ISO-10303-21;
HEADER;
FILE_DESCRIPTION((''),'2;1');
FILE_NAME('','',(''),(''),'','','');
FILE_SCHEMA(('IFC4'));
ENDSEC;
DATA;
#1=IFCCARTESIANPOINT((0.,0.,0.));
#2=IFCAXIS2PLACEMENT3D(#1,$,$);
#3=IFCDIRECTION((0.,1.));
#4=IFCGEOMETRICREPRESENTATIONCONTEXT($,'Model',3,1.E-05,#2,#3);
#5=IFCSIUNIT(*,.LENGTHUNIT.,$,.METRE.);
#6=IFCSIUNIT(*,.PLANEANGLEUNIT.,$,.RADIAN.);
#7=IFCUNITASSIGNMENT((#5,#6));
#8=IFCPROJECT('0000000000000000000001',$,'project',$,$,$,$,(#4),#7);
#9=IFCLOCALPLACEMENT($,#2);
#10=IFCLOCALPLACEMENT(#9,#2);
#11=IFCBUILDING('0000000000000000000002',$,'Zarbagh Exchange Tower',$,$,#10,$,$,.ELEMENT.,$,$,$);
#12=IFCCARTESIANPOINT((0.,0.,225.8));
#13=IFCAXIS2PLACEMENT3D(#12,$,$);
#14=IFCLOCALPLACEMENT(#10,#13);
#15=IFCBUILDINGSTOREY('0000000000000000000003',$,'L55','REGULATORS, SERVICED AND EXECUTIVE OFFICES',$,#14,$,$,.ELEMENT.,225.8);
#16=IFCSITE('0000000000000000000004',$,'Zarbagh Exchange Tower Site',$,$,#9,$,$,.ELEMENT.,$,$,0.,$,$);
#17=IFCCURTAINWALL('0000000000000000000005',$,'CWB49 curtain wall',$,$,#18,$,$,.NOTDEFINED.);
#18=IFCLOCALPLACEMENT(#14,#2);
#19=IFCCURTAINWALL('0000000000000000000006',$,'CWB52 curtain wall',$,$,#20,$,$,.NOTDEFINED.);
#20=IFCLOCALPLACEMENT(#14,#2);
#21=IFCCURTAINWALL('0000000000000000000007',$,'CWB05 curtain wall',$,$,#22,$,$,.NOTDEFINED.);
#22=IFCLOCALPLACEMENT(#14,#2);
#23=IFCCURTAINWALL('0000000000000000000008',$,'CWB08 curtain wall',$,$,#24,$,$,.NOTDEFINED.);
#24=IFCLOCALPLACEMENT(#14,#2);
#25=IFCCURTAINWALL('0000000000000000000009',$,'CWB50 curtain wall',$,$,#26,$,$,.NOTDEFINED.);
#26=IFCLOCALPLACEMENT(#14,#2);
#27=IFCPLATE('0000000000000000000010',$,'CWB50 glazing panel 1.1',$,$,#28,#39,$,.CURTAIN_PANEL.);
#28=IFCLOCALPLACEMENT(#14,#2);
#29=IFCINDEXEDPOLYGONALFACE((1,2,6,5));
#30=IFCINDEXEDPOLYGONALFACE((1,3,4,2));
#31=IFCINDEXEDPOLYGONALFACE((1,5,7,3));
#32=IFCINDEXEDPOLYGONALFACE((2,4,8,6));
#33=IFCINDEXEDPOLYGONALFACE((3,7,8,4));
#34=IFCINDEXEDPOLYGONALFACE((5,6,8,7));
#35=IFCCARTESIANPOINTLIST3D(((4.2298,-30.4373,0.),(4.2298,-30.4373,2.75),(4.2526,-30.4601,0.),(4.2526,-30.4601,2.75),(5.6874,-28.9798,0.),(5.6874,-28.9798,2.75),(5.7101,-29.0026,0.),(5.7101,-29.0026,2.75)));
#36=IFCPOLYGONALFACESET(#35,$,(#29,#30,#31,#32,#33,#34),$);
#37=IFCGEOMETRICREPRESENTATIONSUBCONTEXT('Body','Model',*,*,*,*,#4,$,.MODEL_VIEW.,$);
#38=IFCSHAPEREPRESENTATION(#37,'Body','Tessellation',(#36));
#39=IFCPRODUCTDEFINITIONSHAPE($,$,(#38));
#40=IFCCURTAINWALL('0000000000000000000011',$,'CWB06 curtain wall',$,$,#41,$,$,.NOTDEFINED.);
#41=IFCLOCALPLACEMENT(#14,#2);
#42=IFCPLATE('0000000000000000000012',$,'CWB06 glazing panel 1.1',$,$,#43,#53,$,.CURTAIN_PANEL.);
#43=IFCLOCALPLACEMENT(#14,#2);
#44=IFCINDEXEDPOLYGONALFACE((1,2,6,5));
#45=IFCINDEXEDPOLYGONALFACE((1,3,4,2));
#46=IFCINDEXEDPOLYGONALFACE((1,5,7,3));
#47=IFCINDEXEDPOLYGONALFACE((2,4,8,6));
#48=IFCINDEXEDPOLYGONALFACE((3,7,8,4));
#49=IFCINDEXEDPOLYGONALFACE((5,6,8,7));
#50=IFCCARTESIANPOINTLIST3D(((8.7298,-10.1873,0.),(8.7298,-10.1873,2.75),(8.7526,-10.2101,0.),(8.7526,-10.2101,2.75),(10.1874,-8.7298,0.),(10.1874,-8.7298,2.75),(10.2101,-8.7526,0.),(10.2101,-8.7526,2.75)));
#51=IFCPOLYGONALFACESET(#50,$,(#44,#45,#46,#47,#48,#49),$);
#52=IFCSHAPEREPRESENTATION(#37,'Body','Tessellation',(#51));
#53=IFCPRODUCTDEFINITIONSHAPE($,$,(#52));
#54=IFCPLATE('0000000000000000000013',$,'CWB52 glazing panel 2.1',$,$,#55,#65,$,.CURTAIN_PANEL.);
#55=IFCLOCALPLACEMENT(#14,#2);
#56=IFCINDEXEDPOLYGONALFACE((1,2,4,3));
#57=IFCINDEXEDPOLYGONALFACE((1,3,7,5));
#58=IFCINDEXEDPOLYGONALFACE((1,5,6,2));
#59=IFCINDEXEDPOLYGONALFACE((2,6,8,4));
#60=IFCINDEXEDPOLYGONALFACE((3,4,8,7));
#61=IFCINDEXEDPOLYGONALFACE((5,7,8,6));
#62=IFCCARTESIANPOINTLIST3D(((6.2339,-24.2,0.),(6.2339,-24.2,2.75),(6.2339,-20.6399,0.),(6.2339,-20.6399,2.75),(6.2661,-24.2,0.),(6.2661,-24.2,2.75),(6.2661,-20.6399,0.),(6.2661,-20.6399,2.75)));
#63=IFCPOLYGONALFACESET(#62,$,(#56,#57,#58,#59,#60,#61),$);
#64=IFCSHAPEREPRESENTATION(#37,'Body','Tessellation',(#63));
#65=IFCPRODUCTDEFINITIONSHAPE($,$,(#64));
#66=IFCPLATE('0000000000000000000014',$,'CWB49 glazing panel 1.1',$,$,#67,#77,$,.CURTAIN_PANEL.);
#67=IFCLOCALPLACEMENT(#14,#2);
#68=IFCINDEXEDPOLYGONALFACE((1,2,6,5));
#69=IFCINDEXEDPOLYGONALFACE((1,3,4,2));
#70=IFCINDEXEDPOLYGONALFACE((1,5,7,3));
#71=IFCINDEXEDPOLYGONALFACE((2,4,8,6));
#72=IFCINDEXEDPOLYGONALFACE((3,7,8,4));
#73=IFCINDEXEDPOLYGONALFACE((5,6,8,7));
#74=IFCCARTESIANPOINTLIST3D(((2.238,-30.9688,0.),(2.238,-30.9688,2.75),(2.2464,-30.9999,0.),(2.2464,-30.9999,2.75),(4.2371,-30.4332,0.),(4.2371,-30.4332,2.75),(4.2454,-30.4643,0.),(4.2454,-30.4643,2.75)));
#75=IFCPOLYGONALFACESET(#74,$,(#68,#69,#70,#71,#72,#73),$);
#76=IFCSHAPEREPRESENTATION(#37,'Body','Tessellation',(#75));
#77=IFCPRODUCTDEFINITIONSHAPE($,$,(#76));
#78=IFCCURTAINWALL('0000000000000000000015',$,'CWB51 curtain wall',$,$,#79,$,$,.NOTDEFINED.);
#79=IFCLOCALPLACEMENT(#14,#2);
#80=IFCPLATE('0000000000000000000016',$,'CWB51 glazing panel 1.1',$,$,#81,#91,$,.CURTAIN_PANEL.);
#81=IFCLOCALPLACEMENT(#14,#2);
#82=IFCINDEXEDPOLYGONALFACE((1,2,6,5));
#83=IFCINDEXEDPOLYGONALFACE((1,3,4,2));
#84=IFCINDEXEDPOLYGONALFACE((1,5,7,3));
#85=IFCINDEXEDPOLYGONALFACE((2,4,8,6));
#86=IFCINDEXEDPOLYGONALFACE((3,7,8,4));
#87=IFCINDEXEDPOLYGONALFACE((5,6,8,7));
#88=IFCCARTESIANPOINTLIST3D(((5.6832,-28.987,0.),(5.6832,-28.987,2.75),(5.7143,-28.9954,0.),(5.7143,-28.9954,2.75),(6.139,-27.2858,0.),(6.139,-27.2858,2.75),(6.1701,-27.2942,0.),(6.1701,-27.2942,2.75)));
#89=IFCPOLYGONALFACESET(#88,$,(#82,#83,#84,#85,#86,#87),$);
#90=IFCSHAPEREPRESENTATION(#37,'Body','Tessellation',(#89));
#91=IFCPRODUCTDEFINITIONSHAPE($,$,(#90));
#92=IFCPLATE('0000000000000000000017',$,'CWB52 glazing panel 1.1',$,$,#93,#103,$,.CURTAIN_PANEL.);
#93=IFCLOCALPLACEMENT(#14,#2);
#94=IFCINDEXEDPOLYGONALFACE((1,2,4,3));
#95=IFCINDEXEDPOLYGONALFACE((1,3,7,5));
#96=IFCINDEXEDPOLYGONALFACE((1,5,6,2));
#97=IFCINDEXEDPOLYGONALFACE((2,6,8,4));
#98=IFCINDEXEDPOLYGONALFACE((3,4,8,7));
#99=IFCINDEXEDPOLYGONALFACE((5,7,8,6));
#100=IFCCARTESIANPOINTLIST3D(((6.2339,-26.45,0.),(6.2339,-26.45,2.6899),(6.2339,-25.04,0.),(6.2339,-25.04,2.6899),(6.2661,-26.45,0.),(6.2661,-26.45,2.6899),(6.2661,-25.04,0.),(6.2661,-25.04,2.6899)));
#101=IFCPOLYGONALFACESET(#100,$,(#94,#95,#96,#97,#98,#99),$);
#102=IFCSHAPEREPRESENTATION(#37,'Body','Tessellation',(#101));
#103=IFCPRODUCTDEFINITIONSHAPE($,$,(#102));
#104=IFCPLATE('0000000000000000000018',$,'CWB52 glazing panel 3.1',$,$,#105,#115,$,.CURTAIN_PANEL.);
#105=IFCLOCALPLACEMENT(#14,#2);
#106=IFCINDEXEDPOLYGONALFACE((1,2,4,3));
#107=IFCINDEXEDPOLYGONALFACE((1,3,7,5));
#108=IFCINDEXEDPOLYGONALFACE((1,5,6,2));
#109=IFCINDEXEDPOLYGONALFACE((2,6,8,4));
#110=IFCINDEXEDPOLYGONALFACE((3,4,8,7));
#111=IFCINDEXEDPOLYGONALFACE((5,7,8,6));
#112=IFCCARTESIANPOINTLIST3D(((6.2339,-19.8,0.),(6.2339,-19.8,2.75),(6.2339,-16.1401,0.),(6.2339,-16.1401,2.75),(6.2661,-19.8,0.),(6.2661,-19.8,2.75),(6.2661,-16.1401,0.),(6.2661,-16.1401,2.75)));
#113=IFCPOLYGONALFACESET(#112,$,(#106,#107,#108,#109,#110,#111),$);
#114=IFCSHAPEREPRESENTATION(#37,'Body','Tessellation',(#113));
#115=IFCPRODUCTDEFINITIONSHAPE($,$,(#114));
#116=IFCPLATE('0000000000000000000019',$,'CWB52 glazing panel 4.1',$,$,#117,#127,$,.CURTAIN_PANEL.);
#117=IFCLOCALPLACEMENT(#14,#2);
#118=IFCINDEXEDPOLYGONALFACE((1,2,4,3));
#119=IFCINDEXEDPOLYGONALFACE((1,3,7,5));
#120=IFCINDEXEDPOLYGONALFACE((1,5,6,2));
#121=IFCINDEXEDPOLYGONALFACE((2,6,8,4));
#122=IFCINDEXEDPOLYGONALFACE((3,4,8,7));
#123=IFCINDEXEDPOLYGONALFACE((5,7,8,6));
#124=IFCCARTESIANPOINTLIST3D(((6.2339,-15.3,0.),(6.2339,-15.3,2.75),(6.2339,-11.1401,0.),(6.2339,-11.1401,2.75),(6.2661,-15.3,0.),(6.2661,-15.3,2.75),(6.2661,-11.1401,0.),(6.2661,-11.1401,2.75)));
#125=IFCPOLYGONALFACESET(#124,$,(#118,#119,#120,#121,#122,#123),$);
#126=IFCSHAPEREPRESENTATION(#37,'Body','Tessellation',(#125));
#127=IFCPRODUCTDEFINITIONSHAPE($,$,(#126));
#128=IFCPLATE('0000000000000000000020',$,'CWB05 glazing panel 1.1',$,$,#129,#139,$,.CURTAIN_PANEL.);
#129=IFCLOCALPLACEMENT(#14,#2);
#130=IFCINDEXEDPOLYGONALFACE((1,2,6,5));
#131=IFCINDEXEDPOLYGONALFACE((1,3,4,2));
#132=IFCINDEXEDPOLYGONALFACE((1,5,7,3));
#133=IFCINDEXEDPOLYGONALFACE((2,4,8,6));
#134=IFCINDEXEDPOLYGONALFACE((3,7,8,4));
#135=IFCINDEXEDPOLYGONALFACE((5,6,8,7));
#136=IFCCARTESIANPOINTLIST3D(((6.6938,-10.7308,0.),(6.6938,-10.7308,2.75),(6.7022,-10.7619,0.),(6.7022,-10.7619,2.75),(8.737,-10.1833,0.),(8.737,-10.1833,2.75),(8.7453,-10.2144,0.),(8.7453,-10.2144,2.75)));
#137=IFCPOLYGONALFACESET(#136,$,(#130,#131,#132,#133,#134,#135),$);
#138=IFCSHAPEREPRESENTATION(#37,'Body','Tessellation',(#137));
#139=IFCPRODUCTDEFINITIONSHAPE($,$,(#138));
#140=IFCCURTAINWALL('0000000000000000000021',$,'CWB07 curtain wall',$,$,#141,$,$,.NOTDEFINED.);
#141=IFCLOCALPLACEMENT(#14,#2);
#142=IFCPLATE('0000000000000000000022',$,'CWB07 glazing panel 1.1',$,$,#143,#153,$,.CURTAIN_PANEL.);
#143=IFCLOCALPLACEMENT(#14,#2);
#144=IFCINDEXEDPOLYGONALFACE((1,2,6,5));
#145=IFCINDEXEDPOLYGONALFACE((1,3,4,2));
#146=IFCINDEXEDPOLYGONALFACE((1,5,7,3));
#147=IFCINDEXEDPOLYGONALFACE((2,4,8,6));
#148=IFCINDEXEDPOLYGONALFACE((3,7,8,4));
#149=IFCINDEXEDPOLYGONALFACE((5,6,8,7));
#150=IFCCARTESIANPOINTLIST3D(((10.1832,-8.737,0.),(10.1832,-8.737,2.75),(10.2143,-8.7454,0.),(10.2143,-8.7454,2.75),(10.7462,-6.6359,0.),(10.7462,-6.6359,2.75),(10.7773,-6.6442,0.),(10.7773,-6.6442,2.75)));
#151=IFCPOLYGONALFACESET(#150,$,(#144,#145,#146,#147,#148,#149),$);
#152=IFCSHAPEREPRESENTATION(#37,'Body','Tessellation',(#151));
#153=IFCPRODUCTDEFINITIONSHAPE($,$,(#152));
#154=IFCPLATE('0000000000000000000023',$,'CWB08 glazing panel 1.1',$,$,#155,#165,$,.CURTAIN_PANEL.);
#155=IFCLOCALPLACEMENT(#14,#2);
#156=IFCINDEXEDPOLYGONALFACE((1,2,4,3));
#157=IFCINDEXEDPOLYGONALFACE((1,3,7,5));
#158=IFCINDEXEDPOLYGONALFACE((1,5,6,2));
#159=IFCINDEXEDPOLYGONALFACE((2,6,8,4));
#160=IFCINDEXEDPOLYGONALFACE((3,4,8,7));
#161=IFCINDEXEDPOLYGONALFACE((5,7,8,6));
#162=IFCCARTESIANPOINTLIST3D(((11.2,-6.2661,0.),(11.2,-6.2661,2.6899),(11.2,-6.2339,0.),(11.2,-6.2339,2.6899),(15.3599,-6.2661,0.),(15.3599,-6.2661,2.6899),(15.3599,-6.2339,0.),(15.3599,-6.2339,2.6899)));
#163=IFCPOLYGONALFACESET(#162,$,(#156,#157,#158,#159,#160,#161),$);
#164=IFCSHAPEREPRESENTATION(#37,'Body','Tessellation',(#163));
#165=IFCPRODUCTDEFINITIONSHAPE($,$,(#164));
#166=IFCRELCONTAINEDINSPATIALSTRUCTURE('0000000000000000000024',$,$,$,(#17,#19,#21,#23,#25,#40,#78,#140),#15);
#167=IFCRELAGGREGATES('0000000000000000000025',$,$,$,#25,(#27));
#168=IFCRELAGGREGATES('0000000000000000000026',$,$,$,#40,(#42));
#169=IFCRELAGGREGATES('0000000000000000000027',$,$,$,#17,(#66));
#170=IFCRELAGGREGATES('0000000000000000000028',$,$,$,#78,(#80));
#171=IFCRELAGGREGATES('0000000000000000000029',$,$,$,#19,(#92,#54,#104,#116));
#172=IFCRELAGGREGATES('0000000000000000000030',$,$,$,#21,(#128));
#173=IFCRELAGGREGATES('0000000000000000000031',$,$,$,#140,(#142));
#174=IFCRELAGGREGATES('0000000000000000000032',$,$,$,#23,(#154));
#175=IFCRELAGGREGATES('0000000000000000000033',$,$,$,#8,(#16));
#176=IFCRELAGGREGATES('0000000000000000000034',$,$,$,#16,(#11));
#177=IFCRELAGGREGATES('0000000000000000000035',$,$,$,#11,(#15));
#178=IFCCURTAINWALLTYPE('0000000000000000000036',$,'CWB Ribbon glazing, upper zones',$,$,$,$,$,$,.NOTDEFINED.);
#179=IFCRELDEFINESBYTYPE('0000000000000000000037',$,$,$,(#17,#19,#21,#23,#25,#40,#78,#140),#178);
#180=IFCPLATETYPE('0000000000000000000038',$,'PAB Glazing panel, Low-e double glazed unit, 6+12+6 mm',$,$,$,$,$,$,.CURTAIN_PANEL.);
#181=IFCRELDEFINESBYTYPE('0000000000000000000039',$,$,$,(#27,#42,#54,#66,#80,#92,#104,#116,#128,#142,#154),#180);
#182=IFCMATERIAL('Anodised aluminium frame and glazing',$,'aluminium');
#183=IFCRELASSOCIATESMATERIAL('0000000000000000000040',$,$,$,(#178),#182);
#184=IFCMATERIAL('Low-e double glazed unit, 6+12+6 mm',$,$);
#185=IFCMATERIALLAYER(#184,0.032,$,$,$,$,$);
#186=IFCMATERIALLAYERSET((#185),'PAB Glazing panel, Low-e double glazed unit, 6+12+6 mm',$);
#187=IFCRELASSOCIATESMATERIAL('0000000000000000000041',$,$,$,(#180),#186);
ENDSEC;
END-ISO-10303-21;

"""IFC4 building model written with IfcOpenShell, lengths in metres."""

from ifc_helpers import new_model, si_unit, direction, frame, origin, place, context, subcontext, project, spatial, polyline, outline, extrude, source, transform, mapped, material, layer, layer_set, type_object, element, aggregate, save


model = new_model("IFC4")

# Units and contexts
model_context = context("Model", 3, precision=1e-05, world=origin(), true_north=direction((0.0, 1.0)))
body_context = subcontext(model_context, "Body", "Model", "MODEL_VIEW")
ifc_project = project(units=[si_unit("LENGTHUNIT", "METRE"), si_unit("PLANEANGLEUNIT", "RADIAN")], contexts=[model_context])

# Site, building, storey
site_placement = place(None, origin())
site = spatial("IfcSite", under=ifc_project, at=site_placement, Name="Zarbagh Exchange Tower Site", CompositionType="ELEMENT", RefElevation=0.0)
building_placement = place(site_placement, origin())
building = spatial("IfcBuilding", under=site, at=building_placement, Name="Zarbagh Exchange Tower", CompositionType="ELEMENT")
storey_placement = place(building_placement, frame((0.0, 0.0, 225.8)))
storey = spatial("IfcBuildingStorey", under=building, at=storey_placement, Name="L55", Description="REGULATORS, SERVICED AND EXECUTIVE OFFICES", CompositionType="ELEMENT", Elevation=225.8)

# Curtain wall
ifc_material_1 = material(Name="Anodised aluminium frame and glazing", Category="aluminium")
curtain_wall_type = type_object("IfcCurtainWallType", Name="CWB Ribbon glazing, upper zones", PredefinedType="NOTDEFINED", material=ifc_material_1)
curtain_wall_1_placement = place(storey_placement, origin())
curtain_wall_1 = element("IfcCurtainWall", 1, at=curtain_wall_1_placement, inside=storey, type_object=curtain_wall_type, Name="CWB49 curtain wall", PredefinedType="NOTDEFINED")
placement = place(storey_placement, origin())

# Curtain wall
curtain_wall_2_placement = place(storey_placement, origin())
curtain_wall_2 = element("IfcCurtainWall", 2, at=curtain_wall_2_placement, inside=storey, type_object=curtain_wall_type, Name="CWB52 curtain wall", PredefinedType="NOTDEFINED")

# Curtain walls
curtain_wall_3_placement = place(storey_placement, origin())
curtain_wall_3 = element("IfcCurtainWall", 3, at=curtain_wall_3_placement, inside=storey, type_object=curtain_wall_type, Name="CWB05 curtain wall", PredefinedType="NOTDEFINED")
curtain_wall_4_placement = place(storey_placement, origin())
curtain_wall_4 = element("IfcCurtainWall", 4, at=curtain_wall_4_placement, inside=storey, type_object=curtain_wall_type, Name="CWB08 curtain wall", PredefinedType="NOTDEFINED")

# Curtain walls, plates
curtain_wall_5_placement = place(storey_placement, origin())
curtain_wall_5 = element("IfcCurtainWall", 5, at=curtain_wall_5_placement, inside=storey, type_object=curtain_wall_type, Name="CWB50 curtain wall", PredefinedType="NOTDEFINED")
ifc_material_2 = material(Name="Low-e double glazed unit, 6+12+6 mm")
ifc_layer_1 = layer(ifc_material_2, 0.032)
ifc_layer_set_1 = layer_set([ifc_layer_1], Name="PAB Glazing panel, Low-e double glazed unit, 6+12+6 mm")
plate_type = type_object("IfcPlateType", Name="PAB Glazing panel, Low-e double glazed unit, 6+12+6 mm", PredefinedType="CURTAIN_PANEL", material=ifc_layer_set_1)
shared_shape_1 = source(origin(), body_context, "Body", "SweptSolid", [
    extrude(outline(polyline([(0.0, -0.0161), (2.0613, -0.0161), (2.0613, 0.0161), (0.0, 0.0161), (0.0, -0.0161)])), origin(), (0.0, 0.0, 1.0), 2.75),
])
plate_1 = element("IfcPlate", 6, at=placement, type_object=plate_type, Name="CWB50 glazing panel 1.1", PredefinedType="CURTAIN_PANEL", context=body_context, shape_type="MappedRepresentation", body=[
    mapped(shared_shape_1, transform((4.2412, -30.4487, 0.0), x_axis=(0.707107, 0.707107, 0.0), y_axis=(-0.707107, 0.707107, 0.0), z_axis=(0.0, 0.0, 1.0))),
])
aggregate(curtain_wall_5, [plate_1])
curtain_wall_6_placement = place(storey_placement, origin())
curtain_wall_6 = element("IfcCurtainWall", 7, at=curtain_wall_6_placement, inside=storey, type_object=curtain_wall_type, Name="CWB06 curtain wall", PredefinedType="NOTDEFINED")
plate_2 = element("IfcPlate", 8, at=placement, type_object=plate_type, Name="CWB06 glazing panel 1.1", PredefinedType="CURTAIN_PANEL", context=body_context, shape_type="MappedRepresentation", body=[
    mapped(shared_shape_1, transform((8.7412, -10.1987, 0.0), x_axis=(0.707107, 0.707107, 0.0), y_axis=(-0.707107, 0.707107, 0.0), z_axis=(0.0, 0.0, 1.0))),
])
aggregate(curtain_wall_6, [plate_2])

# Plates
shared_shape_2 = source(origin(), body_context, "Body", "SweptSolid", [
    extrude(outline(polyline([(0.0, -0.0161), (3.5601, -0.0161), (3.5601, 0.0161), (0.0, 0.0161), (0.0, -0.0161)])), origin(), (0.0, 0.0, 1.0), 2.75),
])
plate_3 = element("IfcPlate", 9, at=placement, type_object=plate_type, Name="CWB52 glazing panel 2.1", PredefinedType="CURTAIN_PANEL", context=body_context, shape_type="MappedRepresentation", body=[
    mapped(shared_shape_2, transform((6.25, -24.2, 0.0), x_axis=(0.0, 1.0, 0.0), y_axis=(-1.0, 0.0, 0.0), z_axis=(0.0, 0.0, 1.0))),
])
shared_shape_3 = source(origin(), body_context, "Body", "SweptSolid", [
    extrude(outline(polyline([(0.0, -0.0161), (2.0696, -0.0161), (2.0696, 0.0161), (0.0, 0.0161), (0.0, -0.0161)])), origin(), (0.0, 0.0, 1.0), 2.75),
])
plate_4 = element("IfcPlate", 10, at=placement, type_object=plate_type, Name="CWB49 glazing panel 1.1", PredefinedType="CURTAIN_PANEL", context=body_context, shape_type="MappedRepresentation", body=[
    mapped(shared_shape_3, transform((2.2422, -30.9844, 0.0), x_axis=(0.965924, 0.258825, 0.0), y_axis=(-0.258825, 0.965924, 0.0), z_axis=(0.0, 0.0, 1.0))),
])
aggregate(curtain_wall_1, [plate_4])

# Curtain wall, plate
curtain_wall_7_placement = place(storey_placement, origin())
curtain_wall_7 = element("IfcCurtainWall", 11, at=curtain_wall_7_placement, inside=storey, type_object=curtain_wall_type, Name="CWB51 curtain wall", PredefinedType="NOTDEFINED")
shared_shape_4 = source(origin(), body_context, "Body", "SweptSolid", [
    extrude(outline(polyline([(0.0, -0.0161), (1.7612, -0.0161), (1.7612, 0.0161), (0.0, 0.0161), (0.0, -0.0161)])), origin(), (0.0, 0.0, 1.0), 2.75),
])
plate_5 = element("IfcPlate", 12, at=placement, type_object=plate_type, Name="CWB51 glazing panel 1.1", PredefinedType="CURTAIN_PANEL", context=body_context, shape_type="MappedRepresentation", body=[
    mapped(shared_shape_4, transform((5.6987, -28.9912, 0.0), x_axis=(0.258825, 0.965924, 0.0), y_axis=(-0.965924, 0.258825, 0.0), z_axis=(0.0, 0.0, 1.0))),
])
aggregate(curtain_wall_7, [plate_5])

# Plates
shared_shape_5 = source(origin(), body_context, "Body", "SweptSolid", [
    extrude(outline(polyline([(0.0, -0.0161), (1.4099, -0.0161), (1.4099, 0.0161), (0.0, 0.0161), (0.0, -0.0161)])), origin(), (0.0, 0.0, 1.0), 2.6899),
])
plate_6 = element("IfcPlate", 13, at=placement, type_object=plate_type, Name="CWB52 glazing panel 1.1", PredefinedType="CURTAIN_PANEL", context=body_context, shape_type="MappedRepresentation", body=[
    mapped(shared_shape_5, transform((6.25, -26.45, 0.0), x_axis=(0.0, 1.0, 0.0), y_axis=(-1.0, 0.0, 0.0), z_axis=(0.0, 0.0, 1.0))),
])
shared_shape_6 = source(origin(), body_context, "Body", "SweptSolid", [
    extrude(outline(polyline([(0.0, -0.0161), (3.6599, -0.0161), (3.6599, 0.0161), (0.0, 0.0161), (0.0, -0.0161)])), origin(), (0.0, 0.0, 1.0), 2.75),
])
plate_7 = element("IfcPlate", 14, at=placement, type_object=plate_type, Name="CWB52 glazing panel 3.1", PredefinedType="CURTAIN_PANEL", context=body_context, shape_type="MappedRepresentation", body=[
    mapped(shared_shape_6, transform((6.25, -19.8, 0.0), x_axis=(0.0, 1.0, 0.0), y_axis=(-1.0, 0.0, 0.0), z_axis=(0.0, 0.0, 1.0))),
])
shared_shape_7 = source(origin(), body_context, "Body", "SweptSolid", [
    extrude(outline(polyline([(0.0, -0.0161), (4.1599, -0.0161), (4.1599, 0.0161), (0.0, 0.0161), (0.0, -0.0161)])), origin(), (0.0, 0.0, 1.0), 2.75),
])
plate_8 = element("IfcPlate", 15, at=placement, type_object=plate_type, Name="CWB52 glazing panel 4.1", PredefinedType="CURTAIN_PANEL", context=body_context, shape_type="MappedRepresentation", body=[
    mapped(shared_shape_7, transform((6.25, -15.3, 0.0), x_axis=(0.0, 1.0, 0.0), y_axis=(-1.0, 0.0, 0.0), z_axis=(0.0, 0.0, 1.0))),
])
aggregate(curtain_wall_2, [plate_6, plate_3, plate_7, plate_8])
shared_shape_8 = source(origin(), body_context, "Body", "SweptSolid", [
    extrude(outline(polyline([(0.0, -0.0161), (2.1152, -0.0161), (2.1152, 0.0161), (0.0, 0.0161), (0.0, -0.0161)])), origin(), (0.0, 0.0, 1.0), 2.75),
])
plate_9 = element("IfcPlate", 16, at=placement, type_object=plate_type, Name="CWB05 glazing panel 1.1", PredefinedType="CURTAIN_PANEL", context=body_context, shape_type="MappedRepresentation", body=[
    mapped(shared_shape_8, transform((6.698, -10.7463, 0.0), x_axis=(0.965924, 0.258825, 0.0), y_axis=(-0.258825, 0.965924, 0.0), z_axis=(0.0, 0.0, 1.0))),
])
aggregate(curtain_wall_3, [plate_9])

# Curtain wall, plate
curtain_wall_8_placement = place(storey_placement, origin())
curtain_wall_8 = element("IfcCurtainWall", 17, at=curtain_wall_8_placement, inside=storey, type_object=curtain_wall_type, Name="CWB07 curtain wall", PredefinedType="NOTDEFINED")
shared_shape_9 = source(origin(), body_context, "Body", "SweptSolid", [
    extrude(outline(polyline([(0.0, -0.0161), (2.1753, -0.0161), (2.1753, 0.0161), (0.0, 0.0161), (0.0, -0.0161)])), origin(), (0.0, 0.0, 1.0), 2.75),
])
plate_10 = element("IfcPlate", 18, at=placement, type_object=plate_type, Name="CWB07 glazing panel 1.1", PredefinedType="CURTAIN_PANEL", context=body_context, shape_type="MappedRepresentation", body=[
    mapped(shared_shape_9, transform((10.1987, -8.7412, 0.0), x_axis=(0.258825, 0.965924, 0.0), y_axis=(-0.965924, 0.258825, 0.0), z_axis=(0.0, 0.0, 1.0))),
])
aggregate(curtain_wall_8, [plate_10])

# Plate
shared_shape_10 = source(origin(), body_context, "Body", "SweptSolid", [
    extrude(outline(polyline([(0.0, -0.0161), (4.1599, -0.0161), (4.1599, 0.0161), (0.0, 0.0161), (0.0, -0.0161)])), origin(), (0.0, 0.0, 1.0), 2.6899),
])
plate_11 = element("IfcPlate", 19, at=placement, type_object=plate_type, Name="CWB08 glazing panel 1.1", PredefinedType="CURTAIN_PANEL", context=body_context, shape_type="MappedRepresentation", body=[
    mapped(shared_shape_10, transform((11.2, -6.25, 0.0), x_axis=(1.0, 0.0, 0.0), y_axis=(0.0, 1.0, 0.0), z_axis=(0.0, 0.0, 1.0))),
])
aggregate(curtain_wall_4, [plate_11])

save(model, "model.ifc")
